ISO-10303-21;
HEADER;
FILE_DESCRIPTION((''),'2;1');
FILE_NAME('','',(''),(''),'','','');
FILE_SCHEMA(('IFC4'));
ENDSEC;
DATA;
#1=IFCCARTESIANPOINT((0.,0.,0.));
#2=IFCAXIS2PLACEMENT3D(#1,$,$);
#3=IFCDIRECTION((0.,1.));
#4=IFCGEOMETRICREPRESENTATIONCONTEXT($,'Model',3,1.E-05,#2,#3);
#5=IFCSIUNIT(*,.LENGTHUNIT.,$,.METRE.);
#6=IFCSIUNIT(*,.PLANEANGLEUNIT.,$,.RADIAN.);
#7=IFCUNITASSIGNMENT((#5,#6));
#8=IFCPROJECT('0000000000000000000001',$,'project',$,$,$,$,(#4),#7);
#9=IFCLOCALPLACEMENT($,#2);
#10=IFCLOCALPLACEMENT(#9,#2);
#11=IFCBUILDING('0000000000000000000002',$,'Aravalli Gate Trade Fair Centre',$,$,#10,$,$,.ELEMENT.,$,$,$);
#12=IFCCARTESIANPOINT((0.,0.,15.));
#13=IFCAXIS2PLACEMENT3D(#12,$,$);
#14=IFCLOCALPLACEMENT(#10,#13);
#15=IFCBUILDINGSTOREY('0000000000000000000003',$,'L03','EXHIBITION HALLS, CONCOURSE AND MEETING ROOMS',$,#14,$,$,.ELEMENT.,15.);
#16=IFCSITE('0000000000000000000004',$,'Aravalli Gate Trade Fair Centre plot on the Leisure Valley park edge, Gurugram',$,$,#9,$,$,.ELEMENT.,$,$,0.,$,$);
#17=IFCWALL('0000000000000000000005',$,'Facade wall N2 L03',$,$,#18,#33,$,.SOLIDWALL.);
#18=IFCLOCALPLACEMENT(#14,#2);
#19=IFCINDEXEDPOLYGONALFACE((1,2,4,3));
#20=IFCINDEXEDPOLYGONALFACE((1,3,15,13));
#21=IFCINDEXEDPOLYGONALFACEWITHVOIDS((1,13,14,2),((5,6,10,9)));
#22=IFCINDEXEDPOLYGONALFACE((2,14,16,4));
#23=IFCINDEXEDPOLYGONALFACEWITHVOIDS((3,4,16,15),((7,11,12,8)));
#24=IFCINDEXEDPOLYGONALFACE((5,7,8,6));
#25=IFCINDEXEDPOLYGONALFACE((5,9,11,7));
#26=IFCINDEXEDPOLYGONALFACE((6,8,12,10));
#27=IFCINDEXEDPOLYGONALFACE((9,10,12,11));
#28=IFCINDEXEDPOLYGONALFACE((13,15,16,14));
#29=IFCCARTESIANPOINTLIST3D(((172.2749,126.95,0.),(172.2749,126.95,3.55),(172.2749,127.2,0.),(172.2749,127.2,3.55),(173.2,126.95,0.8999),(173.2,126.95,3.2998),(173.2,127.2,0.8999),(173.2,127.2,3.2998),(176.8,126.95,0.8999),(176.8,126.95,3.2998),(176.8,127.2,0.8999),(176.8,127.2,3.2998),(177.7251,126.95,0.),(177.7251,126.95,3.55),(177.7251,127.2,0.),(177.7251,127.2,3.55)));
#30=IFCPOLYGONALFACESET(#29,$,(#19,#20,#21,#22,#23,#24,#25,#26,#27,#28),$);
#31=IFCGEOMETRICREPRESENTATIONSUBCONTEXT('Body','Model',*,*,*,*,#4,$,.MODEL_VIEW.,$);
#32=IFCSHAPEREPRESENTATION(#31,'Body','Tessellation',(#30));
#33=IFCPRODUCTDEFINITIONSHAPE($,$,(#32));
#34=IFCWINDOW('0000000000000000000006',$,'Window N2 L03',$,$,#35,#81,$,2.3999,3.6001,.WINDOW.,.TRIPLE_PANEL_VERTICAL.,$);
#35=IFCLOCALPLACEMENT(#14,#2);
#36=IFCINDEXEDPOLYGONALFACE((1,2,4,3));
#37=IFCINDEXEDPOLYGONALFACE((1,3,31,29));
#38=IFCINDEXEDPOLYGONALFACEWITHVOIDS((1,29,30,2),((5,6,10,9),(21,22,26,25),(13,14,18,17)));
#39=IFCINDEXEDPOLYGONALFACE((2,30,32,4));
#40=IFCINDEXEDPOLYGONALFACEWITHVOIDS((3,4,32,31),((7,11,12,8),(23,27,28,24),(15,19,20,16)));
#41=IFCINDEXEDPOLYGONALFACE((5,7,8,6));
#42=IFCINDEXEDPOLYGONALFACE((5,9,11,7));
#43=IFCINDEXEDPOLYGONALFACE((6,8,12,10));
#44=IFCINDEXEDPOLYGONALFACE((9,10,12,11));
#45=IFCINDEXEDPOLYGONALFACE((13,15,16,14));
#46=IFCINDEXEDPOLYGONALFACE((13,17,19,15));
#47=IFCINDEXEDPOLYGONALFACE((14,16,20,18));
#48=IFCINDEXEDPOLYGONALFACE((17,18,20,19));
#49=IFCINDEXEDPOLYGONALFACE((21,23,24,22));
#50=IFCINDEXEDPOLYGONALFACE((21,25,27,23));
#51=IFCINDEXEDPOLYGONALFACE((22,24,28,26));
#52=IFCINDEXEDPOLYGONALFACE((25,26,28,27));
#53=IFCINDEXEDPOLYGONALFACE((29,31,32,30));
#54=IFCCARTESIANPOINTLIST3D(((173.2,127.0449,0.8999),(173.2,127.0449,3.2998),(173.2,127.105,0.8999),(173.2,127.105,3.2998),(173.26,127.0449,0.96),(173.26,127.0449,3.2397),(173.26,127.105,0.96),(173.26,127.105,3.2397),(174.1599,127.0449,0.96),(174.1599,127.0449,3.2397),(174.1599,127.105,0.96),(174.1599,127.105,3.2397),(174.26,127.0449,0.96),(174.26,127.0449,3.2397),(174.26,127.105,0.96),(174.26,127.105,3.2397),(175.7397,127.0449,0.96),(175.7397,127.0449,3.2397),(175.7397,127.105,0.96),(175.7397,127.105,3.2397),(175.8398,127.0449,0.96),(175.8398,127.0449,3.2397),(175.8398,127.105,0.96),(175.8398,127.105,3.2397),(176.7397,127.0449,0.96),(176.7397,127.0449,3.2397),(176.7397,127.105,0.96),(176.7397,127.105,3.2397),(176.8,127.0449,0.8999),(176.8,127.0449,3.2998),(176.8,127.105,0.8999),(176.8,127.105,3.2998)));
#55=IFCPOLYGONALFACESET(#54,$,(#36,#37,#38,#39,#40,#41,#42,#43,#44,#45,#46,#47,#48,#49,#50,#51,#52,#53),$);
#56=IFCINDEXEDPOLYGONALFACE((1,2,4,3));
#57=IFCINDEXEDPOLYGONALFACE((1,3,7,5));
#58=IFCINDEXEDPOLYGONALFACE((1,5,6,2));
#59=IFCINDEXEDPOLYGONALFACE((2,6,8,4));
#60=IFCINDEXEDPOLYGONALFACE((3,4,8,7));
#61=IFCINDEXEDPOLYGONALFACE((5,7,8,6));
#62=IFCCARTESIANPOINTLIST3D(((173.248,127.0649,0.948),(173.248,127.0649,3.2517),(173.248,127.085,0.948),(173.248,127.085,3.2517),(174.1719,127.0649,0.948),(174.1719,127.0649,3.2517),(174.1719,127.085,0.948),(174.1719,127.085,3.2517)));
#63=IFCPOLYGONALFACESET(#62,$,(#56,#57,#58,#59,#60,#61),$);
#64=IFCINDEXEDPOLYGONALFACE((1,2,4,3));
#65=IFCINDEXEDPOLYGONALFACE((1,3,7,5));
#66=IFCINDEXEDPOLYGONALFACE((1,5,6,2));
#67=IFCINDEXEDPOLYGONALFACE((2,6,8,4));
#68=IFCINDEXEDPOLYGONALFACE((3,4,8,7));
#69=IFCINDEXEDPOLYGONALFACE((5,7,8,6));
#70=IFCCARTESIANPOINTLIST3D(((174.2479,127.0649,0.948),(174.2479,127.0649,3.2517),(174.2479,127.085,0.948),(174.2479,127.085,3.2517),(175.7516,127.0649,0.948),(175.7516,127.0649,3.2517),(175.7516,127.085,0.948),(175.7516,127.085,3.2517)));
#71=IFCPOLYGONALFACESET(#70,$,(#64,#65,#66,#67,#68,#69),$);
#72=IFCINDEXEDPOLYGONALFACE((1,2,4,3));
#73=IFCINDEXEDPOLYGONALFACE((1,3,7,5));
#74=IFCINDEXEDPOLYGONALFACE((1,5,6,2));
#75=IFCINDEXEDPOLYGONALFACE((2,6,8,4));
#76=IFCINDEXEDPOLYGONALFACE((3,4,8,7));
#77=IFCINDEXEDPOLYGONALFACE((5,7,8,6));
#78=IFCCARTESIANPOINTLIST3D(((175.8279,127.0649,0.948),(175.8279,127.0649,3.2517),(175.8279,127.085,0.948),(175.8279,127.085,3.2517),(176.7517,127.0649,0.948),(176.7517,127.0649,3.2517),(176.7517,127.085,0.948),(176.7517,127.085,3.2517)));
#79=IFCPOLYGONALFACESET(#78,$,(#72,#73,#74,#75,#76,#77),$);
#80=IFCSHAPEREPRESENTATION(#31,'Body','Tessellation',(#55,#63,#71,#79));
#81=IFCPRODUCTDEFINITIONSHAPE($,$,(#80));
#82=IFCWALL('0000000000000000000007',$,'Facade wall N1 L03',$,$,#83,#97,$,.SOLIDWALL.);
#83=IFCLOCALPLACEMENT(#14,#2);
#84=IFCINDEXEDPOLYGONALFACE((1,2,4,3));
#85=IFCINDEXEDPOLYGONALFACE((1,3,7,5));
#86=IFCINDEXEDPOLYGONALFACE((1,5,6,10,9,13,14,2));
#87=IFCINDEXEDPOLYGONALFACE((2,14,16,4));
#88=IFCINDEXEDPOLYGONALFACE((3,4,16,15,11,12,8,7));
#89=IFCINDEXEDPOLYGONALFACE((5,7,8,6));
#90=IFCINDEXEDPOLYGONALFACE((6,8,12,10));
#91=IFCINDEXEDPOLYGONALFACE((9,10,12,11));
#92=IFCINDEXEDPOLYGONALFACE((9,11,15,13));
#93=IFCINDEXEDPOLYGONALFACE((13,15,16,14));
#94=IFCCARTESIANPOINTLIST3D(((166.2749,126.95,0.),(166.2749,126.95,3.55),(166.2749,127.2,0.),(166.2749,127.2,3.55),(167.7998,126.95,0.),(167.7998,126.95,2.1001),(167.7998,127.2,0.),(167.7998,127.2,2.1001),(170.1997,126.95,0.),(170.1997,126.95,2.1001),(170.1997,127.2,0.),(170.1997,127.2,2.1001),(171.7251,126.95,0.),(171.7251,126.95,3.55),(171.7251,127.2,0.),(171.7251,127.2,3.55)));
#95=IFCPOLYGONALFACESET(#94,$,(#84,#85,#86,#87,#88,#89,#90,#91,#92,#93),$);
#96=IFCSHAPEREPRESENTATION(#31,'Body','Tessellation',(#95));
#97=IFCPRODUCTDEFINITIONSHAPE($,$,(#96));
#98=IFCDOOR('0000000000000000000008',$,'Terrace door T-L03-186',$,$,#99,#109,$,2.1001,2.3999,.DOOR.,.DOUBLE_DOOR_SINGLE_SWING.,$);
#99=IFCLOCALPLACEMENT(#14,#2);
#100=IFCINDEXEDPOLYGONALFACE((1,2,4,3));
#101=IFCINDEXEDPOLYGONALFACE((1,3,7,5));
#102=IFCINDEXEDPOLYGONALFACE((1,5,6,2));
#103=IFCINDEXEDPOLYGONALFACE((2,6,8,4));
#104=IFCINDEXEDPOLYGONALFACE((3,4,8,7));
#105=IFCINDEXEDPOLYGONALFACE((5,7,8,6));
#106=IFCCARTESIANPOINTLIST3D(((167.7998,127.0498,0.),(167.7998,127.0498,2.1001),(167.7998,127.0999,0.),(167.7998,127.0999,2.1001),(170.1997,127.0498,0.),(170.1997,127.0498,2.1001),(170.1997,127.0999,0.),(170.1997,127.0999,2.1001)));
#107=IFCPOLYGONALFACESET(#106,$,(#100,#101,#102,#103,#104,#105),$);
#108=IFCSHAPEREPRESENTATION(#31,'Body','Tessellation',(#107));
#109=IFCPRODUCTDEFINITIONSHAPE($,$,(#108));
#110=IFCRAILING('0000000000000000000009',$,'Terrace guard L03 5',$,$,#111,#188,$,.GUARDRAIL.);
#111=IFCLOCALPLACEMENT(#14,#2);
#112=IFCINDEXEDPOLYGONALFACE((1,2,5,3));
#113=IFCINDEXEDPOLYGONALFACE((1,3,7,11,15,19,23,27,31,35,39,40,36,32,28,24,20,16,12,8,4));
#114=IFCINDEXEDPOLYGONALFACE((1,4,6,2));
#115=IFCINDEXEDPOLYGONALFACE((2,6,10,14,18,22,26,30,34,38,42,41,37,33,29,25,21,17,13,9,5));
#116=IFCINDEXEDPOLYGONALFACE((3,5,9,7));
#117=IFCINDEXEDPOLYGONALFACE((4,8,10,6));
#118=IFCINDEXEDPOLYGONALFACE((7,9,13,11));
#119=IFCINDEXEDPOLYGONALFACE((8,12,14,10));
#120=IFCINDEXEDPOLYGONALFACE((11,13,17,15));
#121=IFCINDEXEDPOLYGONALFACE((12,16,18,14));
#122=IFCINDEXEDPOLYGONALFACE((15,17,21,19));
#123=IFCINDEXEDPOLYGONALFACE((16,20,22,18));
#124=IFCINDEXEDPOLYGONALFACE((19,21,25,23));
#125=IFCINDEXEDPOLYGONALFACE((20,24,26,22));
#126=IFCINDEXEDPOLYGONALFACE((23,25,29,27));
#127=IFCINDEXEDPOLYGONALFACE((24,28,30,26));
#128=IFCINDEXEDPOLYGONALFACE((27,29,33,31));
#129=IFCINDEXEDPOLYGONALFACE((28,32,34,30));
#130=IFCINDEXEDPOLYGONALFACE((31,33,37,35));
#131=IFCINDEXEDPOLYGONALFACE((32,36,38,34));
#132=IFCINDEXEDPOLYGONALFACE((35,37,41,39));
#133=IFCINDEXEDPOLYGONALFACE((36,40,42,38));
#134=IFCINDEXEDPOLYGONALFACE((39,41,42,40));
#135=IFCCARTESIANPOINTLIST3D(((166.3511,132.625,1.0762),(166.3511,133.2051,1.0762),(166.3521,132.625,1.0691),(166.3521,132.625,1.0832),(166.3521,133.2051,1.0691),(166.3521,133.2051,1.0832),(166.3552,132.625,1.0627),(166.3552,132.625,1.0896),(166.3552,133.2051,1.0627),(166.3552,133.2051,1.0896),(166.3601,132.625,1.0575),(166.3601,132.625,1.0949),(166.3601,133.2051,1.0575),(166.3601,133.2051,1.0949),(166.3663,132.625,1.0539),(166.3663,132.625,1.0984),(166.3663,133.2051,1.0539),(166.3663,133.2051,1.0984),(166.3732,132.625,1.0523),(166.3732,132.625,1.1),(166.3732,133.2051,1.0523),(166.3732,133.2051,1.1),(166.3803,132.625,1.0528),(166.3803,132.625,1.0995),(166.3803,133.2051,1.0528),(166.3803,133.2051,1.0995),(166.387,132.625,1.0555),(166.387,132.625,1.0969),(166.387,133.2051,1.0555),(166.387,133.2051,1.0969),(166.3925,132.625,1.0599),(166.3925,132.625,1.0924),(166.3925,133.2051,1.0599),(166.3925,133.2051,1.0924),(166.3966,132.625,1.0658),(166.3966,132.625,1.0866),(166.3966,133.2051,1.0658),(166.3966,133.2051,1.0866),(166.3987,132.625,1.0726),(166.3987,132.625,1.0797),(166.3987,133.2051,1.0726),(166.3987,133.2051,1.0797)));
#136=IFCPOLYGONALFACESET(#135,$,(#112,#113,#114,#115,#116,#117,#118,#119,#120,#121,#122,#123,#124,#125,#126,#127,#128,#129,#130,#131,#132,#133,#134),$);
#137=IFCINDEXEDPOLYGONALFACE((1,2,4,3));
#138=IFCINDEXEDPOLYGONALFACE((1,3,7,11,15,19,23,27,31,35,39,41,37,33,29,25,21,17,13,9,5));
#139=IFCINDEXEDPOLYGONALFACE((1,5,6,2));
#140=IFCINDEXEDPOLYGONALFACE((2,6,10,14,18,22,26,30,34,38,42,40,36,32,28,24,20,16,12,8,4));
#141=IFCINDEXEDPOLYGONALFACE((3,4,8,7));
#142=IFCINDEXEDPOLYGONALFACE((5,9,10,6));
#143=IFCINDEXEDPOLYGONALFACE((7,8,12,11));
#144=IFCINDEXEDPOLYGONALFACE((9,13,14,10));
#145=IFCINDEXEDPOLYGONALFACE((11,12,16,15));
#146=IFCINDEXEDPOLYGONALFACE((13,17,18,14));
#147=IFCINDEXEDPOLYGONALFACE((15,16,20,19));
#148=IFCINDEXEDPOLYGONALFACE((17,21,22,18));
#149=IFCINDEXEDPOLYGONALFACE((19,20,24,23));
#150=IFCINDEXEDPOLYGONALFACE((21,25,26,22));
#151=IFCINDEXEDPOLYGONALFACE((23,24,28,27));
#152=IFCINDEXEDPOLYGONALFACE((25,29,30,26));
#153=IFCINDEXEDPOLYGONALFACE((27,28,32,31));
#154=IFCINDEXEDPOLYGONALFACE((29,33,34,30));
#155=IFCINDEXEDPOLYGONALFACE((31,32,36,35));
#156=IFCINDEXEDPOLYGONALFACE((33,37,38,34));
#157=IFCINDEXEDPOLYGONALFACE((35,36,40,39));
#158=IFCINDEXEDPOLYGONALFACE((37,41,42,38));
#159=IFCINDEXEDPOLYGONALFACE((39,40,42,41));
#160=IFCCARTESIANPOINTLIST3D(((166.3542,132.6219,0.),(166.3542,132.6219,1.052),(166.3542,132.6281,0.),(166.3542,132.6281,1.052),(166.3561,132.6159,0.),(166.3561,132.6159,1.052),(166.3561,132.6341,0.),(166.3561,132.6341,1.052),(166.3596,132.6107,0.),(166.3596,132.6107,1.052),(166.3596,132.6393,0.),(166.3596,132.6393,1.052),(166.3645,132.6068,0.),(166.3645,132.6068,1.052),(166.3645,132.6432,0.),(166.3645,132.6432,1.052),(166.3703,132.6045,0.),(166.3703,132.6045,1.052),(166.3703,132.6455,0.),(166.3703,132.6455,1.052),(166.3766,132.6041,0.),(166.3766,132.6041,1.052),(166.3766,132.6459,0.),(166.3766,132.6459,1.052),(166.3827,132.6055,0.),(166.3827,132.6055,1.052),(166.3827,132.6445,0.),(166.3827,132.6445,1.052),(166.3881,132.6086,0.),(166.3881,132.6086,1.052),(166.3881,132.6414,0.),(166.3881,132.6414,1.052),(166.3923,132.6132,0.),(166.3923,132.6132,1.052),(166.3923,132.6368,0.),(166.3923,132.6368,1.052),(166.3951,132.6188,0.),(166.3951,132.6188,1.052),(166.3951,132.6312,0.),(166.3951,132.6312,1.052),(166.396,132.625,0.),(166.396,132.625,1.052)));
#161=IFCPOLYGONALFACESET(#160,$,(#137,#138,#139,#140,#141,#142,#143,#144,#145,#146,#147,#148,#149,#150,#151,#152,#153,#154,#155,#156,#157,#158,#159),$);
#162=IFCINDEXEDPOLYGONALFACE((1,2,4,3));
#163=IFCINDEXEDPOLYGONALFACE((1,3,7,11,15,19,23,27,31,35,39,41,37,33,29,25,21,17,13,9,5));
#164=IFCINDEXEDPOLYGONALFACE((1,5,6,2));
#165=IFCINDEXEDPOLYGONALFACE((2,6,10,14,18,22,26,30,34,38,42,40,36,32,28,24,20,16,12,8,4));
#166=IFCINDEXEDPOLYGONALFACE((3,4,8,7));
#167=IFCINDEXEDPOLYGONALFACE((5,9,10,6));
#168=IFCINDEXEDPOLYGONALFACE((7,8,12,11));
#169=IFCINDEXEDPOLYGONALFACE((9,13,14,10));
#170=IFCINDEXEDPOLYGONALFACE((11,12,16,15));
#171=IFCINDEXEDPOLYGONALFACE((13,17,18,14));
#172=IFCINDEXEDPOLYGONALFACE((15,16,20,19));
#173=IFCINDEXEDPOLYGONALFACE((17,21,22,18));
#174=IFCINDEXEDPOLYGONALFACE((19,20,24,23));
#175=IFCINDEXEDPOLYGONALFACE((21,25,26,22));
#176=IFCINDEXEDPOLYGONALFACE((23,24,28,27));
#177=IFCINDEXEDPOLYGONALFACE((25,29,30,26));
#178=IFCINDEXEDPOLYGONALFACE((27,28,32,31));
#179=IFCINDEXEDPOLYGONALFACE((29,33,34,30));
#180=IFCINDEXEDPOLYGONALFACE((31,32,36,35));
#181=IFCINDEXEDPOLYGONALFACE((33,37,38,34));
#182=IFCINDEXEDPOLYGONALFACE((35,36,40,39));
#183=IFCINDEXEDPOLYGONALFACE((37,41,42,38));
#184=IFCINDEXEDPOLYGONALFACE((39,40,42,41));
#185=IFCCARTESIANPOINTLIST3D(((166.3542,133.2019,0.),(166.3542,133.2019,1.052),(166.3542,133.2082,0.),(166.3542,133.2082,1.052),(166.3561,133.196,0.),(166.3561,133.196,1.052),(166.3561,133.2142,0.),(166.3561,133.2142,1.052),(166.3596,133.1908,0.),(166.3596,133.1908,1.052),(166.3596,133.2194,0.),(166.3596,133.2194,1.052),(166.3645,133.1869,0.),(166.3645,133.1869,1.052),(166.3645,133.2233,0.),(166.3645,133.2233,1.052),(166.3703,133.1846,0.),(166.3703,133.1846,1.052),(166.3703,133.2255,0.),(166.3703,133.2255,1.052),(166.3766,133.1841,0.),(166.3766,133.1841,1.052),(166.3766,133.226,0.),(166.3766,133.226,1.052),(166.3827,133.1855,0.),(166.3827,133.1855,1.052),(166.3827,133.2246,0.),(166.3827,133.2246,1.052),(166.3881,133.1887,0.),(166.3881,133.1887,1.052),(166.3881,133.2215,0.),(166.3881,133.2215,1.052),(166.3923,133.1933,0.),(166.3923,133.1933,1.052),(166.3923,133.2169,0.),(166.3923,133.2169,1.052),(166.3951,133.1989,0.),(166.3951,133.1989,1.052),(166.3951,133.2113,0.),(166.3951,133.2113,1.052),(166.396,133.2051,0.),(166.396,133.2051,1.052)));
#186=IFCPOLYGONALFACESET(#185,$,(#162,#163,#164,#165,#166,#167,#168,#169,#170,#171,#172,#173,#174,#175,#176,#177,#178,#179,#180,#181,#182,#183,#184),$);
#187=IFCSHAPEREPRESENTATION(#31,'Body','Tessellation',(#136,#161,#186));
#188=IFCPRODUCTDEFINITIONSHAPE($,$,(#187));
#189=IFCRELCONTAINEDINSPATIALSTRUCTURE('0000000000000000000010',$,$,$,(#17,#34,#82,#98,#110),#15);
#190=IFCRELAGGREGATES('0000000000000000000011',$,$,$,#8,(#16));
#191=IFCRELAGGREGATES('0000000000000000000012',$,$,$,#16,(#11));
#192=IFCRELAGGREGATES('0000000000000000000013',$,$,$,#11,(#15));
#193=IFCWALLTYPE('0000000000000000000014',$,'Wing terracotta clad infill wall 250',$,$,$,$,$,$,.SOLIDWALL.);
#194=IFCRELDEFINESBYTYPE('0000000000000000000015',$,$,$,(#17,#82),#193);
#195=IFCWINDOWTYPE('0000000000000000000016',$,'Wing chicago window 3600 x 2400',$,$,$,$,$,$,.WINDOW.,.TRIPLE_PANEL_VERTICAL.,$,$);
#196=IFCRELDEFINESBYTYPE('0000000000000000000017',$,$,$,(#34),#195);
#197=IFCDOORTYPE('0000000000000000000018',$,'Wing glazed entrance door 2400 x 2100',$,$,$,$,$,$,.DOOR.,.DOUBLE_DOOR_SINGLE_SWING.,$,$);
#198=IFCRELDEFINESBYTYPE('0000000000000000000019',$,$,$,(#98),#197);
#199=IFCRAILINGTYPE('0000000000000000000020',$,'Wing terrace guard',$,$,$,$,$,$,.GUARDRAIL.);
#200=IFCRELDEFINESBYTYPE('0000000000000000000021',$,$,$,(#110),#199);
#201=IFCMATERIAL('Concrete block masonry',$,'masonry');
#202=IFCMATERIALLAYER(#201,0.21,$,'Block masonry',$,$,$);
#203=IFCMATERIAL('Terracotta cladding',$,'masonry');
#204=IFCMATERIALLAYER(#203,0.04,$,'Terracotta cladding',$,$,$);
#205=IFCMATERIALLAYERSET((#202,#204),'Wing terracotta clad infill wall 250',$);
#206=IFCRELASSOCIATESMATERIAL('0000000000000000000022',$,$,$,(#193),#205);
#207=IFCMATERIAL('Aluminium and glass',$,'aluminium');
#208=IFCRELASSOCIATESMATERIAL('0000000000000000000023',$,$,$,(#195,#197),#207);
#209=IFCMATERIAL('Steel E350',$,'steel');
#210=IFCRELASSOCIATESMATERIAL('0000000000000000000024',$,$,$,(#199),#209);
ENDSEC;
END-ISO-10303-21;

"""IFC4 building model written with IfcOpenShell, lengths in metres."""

from ifc_helpers import new_model, si_unit, direction, frame, frame_2d, origin, origin_2d, place, context, subcontext, project, spatial, polyline, rectangle, circle, outline, extrude, material, layer, layer_set, type_object, element, fill, save


model = new_model("IFC4")

# Units and contexts
model_context = context("Model", 3, precision=1e-05, world=origin(), true_north=direction((0.0, 1.0)))
body_context = subcontext(model_context, "Body", "Model", "MODEL_VIEW")
ifc_project = project(units=[si_unit("LENGTHUNIT", "METRE"), si_unit("PLANEANGLEUNIT", "RADIAN")], contexts=[model_context])

# Site, building, storey
site_placement = place(None, origin())
site = spatial("IfcSite", under=ifc_project, at=site_placement, Name="Aravalli Gate Trade Fair Centre plot on the Leisure Valley park edge, Gurugram", CompositionType="ELEMENT", RefElevation=0.0)
building_placement = place(site_placement, origin())
building = spatial("IfcBuilding", under=site, at=building_placement, Name="Aravalli Gate Trade Fair Centre", CompositionType="ELEMENT")
storey_placement = place(building_placement, frame((0.0, 0.0, 15.0)))
storey = spatial("IfcBuildingStorey", under=building, at=storey_placement, Name="L03", Description="EXHIBITION HALLS, CONCOURSE AND MEETING ROOMS", CompositionType="ELEMENT", Elevation=15.0)

# Shared definitions
ifc_material_1 = material(Name="Steel E350", Category="steel")

# Wall, opening, window
ifc_material_2 = material(Name="Concrete block masonry", Category="masonry")
ifc_layer_1 = layer(ifc_material_2, 0.21, Name="Block masonry")
ifc_material_3 = material(Name="Terracotta cladding", Category="masonry")
ifc_layer_2 = layer(ifc_material_3, 0.04, Name="Terracotta cladding")
ifc_layer_set_1 = layer_set([ifc_layer_1, ifc_layer_2], Name="Wing terracotta clad infill wall 250")
wall_type_1 = type_object("IfcWallType", Name="Wing terracotta clad infill wall 250", PredefinedType="SOLIDWALL", material=ifc_layer_set_1)
wall_1_placement = place(storey_placement, frame((172.2749, 127.075, 0.0), z_axis=(0.0, 0.0, 1.0), x_axis=(1.0, 0.0, 0.0)))
wall_1 = element("IfcWall", 1, at=wall_1_placement, inside=storey, type_object=wall_type_1, Name="Facade wall N2 L03", PredefinedType="SOLIDWALL", context=body_context, shape_type="SweptSolid", body=[
    extrude(rectangle(XDim=5.4502, YDim=0.25, at=frame_2d((2.7251, 0.0))), origin(), (0.0, 0.0, 1.0), 3.55),
])
opening_1_placement = place(wall_1_placement, frame((0.925, 0.0, 0.8999)))
opening_1 = element("IfcOpeningElement", 2, at=opening_1_placement, cuts=wall_1, PredefinedType="OPENING", context=body_context, shape_type="SweptSolid", body=[
    extrude(rectangle(XDim=3.6001, YDim=2.3999, at=frame_2d((1.8, 1.2))), frame((0.0, 0.135, 0.0), z_axis=(0.0, -1.0, 0.0), x_axis=(1.0, 0.0, 0.0)), (0.0, 0.0, 1.0), 0.27),
])
ifc_material_4 = material(Name="Aluminium and glass", Category="aluminium")
window_type = type_object("IfcWindowType", Name="Wing chicago window 3600 x 2400", PartitioningType="TRIPLE_PANEL_VERTICAL", PredefinedType="WINDOW", material=ifc_material_4)
window_placement = place(opening_1_placement, origin())
window = element("IfcWindow", 3, at=window_placement, inside=storey, type_object=window_type, Name="Window N2 L03", OverallHeight=2.3999, OverallWidth=3.6001, PartitioningType="TRIPLE_PANEL_VERTICAL", PredefinedType="WINDOW", context=body_context, shape_type="SweptSolid", body=[
    extrude(outline(polyline([(0.0, 0.0), (3.6001, 0.0), (3.6001, 2.3999), (0.0, 2.3999), (0.0, 0.0)]), holes=[polyline([(0.0601, 0.0601), (0.96, 0.0601), (0.96, 2.3398), (0.0601, 2.3398), (0.0601, 0.0601)]), polyline([(1.0601, 0.0601), (2.5398, 0.0601), (2.5398, 2.3398), (1.0601, 2.3398), (1.0601, 0.0601)]), polyline([(2.6399, 0.0601), (3.5398, 0.0601), (3.5398, 2.3398), (2.6399, 2.3398), (2.6399, 0.0601)])]), frame((0.0, 0.03, 0.0), z_axis=(0.0, -1.0, 0.0), x_axis=(1.0, 0.0, 0.0)), (0.0, 0.0, 1.0), 0.0601),
    extrude(rectangle(XDim=0.9238, YDim=2.3037, at=frame_2d((0.51, 1.2))), frame((0.0, 0.01, 0.0), z_axis=(0.0, -1.0, 0.0), x_axis=(1.0, 0.0, 0.0)), (0.0, 0.0, 1.0), 0.02),
    extrude(rectangle(XDim=1.5037, YDim=2.3037, at=frame_2d((1.7998, 1.2))), frame((0.0, 0.01, 0.0), z_axis=(0.0, -1.0, 0.0), x_axis=(1.0, 0.0, 0.0)), (0.0, 0.0, 1.0), 0.02),
    extrude(rectangle(XDim=0.9238, YDim=2.3037, at=frame_2d((3.0898, 1.2))), frame((0.0, 0.01, 0.0), z_axis=(0.0, -1.0, 0.0), x_axis=(1.0, 0.0, 0.0)), (0.0, 0.0, 1.0), 0.02),
])
fill(opening_1, window)

# Wall, opening, door
wall_2_placement = place(storey_placement, frame((166.2749, 127.075, 0.0), z_axis=(0.0, 0.0, 1.0), x_axis=(1.0, 0.0, 0.0)))
wall_2 = element("IfcWall", 4, at=wall_2_placement, inside=storey, type_object=wall_type_1, Name="Facade wall N1 L03", PredefinedType="SOLIDWALL", context=body_context, shape_type="SweptSolid", body=[
    extrude(rectangle(XDim=5.4502, YDim=0.25, at=frame_2d((2.7251, 0.0))), origin(), (0.0, 0.0, 1.0), 3.55),
])
opening_2_placement = place(wall_2_placement, frame((1.5249, 0.0, 0.0)))
opening_2 = element("IfcOpeningElement", 5, at=opening_2_placement, cuts=wall_2, PredefinedType="OPENING", context=body_context, shape_type="SweptSolid", body=[
    extrude(rectangle(XDim=2.3999, YDim=2.1001, at=frame_2d((1.2, 1.05))), frame((0.0, 0.135, 0.0), z_axis=(0.0, -1.0, 0.0), x_axis=(1.0, 0.0, 0.0)), (0.0, 0.0, 1.0), 0.27),
])
door_type = type_object("IfcDoorType", Name="Wing glazed entrance door 2400 x 2100", OperationType="DOUBLE_DOOR_SINGLE_SWING", PredefinedType="DOOR", material=ifc_material_4)
door_placement = place(opening_2_placement, origin())
door = element("IfcDoor", 6, at=door_placement, inside=storey, type_object=door_type, Name="Terrace door T-L03-186", OperationType="DOUBLE_DOOR_SINGLE_SWING", OverallHeight=2.1001, OverallWidth=2.3999, PredefinedType="DOOR", context=body_context, shape_type="SweptSolid", body=[
    extrude(rectangle(XDim=2.3999, YDim=2.1001, at=frame_2d((1.2, 1.05))), frame((0.0, 0.0249, 0.0), z_axis=(0.0, -1.0, 0.0), x_axis=(1.0, 0.0, 0.0)), (0.0, 0.0, 1.0), 0.05),
])
fill(opening_2, door)

# Railing
railing_type = type_object("IfcRailingType", Name="Wing terrace guard", PredefinedType="GUARDRAIL", material=ifc_material_1)
railing_1_placement = place(storey_placement, frame((166.375, 132.625, 0.0)))
element("IfcRailing", 7, at=railing_1_placement, inside=storey, type_object=railing_type, Name="Terrace guard L03 5", PredefinedType="GUARDRAIL", context=body_context, shape_type="SweptSolid", body=[
    extrude(circle(Radius=0.0239, at=origin_2d()), frame((0.0, 0.0, 1.0762), z_axis=(0.0, 1.0, 0.0), x_axis=(-1.0, 0.0, 0.0)), (0.0, 0.0, 1.0), 0.5801),
    extrude(circle(Radius=0.021, at=origin_2d()), origin(), (0.0, 0.0, 1.0), 1.052),
    extrude(circle(Radius=0.021, at=origin_2d()), frame((0.0, 0.5801, 0.0)), (0.0, 0.0, 1.0), 1.052),
])

save(model, "model.ifc")
